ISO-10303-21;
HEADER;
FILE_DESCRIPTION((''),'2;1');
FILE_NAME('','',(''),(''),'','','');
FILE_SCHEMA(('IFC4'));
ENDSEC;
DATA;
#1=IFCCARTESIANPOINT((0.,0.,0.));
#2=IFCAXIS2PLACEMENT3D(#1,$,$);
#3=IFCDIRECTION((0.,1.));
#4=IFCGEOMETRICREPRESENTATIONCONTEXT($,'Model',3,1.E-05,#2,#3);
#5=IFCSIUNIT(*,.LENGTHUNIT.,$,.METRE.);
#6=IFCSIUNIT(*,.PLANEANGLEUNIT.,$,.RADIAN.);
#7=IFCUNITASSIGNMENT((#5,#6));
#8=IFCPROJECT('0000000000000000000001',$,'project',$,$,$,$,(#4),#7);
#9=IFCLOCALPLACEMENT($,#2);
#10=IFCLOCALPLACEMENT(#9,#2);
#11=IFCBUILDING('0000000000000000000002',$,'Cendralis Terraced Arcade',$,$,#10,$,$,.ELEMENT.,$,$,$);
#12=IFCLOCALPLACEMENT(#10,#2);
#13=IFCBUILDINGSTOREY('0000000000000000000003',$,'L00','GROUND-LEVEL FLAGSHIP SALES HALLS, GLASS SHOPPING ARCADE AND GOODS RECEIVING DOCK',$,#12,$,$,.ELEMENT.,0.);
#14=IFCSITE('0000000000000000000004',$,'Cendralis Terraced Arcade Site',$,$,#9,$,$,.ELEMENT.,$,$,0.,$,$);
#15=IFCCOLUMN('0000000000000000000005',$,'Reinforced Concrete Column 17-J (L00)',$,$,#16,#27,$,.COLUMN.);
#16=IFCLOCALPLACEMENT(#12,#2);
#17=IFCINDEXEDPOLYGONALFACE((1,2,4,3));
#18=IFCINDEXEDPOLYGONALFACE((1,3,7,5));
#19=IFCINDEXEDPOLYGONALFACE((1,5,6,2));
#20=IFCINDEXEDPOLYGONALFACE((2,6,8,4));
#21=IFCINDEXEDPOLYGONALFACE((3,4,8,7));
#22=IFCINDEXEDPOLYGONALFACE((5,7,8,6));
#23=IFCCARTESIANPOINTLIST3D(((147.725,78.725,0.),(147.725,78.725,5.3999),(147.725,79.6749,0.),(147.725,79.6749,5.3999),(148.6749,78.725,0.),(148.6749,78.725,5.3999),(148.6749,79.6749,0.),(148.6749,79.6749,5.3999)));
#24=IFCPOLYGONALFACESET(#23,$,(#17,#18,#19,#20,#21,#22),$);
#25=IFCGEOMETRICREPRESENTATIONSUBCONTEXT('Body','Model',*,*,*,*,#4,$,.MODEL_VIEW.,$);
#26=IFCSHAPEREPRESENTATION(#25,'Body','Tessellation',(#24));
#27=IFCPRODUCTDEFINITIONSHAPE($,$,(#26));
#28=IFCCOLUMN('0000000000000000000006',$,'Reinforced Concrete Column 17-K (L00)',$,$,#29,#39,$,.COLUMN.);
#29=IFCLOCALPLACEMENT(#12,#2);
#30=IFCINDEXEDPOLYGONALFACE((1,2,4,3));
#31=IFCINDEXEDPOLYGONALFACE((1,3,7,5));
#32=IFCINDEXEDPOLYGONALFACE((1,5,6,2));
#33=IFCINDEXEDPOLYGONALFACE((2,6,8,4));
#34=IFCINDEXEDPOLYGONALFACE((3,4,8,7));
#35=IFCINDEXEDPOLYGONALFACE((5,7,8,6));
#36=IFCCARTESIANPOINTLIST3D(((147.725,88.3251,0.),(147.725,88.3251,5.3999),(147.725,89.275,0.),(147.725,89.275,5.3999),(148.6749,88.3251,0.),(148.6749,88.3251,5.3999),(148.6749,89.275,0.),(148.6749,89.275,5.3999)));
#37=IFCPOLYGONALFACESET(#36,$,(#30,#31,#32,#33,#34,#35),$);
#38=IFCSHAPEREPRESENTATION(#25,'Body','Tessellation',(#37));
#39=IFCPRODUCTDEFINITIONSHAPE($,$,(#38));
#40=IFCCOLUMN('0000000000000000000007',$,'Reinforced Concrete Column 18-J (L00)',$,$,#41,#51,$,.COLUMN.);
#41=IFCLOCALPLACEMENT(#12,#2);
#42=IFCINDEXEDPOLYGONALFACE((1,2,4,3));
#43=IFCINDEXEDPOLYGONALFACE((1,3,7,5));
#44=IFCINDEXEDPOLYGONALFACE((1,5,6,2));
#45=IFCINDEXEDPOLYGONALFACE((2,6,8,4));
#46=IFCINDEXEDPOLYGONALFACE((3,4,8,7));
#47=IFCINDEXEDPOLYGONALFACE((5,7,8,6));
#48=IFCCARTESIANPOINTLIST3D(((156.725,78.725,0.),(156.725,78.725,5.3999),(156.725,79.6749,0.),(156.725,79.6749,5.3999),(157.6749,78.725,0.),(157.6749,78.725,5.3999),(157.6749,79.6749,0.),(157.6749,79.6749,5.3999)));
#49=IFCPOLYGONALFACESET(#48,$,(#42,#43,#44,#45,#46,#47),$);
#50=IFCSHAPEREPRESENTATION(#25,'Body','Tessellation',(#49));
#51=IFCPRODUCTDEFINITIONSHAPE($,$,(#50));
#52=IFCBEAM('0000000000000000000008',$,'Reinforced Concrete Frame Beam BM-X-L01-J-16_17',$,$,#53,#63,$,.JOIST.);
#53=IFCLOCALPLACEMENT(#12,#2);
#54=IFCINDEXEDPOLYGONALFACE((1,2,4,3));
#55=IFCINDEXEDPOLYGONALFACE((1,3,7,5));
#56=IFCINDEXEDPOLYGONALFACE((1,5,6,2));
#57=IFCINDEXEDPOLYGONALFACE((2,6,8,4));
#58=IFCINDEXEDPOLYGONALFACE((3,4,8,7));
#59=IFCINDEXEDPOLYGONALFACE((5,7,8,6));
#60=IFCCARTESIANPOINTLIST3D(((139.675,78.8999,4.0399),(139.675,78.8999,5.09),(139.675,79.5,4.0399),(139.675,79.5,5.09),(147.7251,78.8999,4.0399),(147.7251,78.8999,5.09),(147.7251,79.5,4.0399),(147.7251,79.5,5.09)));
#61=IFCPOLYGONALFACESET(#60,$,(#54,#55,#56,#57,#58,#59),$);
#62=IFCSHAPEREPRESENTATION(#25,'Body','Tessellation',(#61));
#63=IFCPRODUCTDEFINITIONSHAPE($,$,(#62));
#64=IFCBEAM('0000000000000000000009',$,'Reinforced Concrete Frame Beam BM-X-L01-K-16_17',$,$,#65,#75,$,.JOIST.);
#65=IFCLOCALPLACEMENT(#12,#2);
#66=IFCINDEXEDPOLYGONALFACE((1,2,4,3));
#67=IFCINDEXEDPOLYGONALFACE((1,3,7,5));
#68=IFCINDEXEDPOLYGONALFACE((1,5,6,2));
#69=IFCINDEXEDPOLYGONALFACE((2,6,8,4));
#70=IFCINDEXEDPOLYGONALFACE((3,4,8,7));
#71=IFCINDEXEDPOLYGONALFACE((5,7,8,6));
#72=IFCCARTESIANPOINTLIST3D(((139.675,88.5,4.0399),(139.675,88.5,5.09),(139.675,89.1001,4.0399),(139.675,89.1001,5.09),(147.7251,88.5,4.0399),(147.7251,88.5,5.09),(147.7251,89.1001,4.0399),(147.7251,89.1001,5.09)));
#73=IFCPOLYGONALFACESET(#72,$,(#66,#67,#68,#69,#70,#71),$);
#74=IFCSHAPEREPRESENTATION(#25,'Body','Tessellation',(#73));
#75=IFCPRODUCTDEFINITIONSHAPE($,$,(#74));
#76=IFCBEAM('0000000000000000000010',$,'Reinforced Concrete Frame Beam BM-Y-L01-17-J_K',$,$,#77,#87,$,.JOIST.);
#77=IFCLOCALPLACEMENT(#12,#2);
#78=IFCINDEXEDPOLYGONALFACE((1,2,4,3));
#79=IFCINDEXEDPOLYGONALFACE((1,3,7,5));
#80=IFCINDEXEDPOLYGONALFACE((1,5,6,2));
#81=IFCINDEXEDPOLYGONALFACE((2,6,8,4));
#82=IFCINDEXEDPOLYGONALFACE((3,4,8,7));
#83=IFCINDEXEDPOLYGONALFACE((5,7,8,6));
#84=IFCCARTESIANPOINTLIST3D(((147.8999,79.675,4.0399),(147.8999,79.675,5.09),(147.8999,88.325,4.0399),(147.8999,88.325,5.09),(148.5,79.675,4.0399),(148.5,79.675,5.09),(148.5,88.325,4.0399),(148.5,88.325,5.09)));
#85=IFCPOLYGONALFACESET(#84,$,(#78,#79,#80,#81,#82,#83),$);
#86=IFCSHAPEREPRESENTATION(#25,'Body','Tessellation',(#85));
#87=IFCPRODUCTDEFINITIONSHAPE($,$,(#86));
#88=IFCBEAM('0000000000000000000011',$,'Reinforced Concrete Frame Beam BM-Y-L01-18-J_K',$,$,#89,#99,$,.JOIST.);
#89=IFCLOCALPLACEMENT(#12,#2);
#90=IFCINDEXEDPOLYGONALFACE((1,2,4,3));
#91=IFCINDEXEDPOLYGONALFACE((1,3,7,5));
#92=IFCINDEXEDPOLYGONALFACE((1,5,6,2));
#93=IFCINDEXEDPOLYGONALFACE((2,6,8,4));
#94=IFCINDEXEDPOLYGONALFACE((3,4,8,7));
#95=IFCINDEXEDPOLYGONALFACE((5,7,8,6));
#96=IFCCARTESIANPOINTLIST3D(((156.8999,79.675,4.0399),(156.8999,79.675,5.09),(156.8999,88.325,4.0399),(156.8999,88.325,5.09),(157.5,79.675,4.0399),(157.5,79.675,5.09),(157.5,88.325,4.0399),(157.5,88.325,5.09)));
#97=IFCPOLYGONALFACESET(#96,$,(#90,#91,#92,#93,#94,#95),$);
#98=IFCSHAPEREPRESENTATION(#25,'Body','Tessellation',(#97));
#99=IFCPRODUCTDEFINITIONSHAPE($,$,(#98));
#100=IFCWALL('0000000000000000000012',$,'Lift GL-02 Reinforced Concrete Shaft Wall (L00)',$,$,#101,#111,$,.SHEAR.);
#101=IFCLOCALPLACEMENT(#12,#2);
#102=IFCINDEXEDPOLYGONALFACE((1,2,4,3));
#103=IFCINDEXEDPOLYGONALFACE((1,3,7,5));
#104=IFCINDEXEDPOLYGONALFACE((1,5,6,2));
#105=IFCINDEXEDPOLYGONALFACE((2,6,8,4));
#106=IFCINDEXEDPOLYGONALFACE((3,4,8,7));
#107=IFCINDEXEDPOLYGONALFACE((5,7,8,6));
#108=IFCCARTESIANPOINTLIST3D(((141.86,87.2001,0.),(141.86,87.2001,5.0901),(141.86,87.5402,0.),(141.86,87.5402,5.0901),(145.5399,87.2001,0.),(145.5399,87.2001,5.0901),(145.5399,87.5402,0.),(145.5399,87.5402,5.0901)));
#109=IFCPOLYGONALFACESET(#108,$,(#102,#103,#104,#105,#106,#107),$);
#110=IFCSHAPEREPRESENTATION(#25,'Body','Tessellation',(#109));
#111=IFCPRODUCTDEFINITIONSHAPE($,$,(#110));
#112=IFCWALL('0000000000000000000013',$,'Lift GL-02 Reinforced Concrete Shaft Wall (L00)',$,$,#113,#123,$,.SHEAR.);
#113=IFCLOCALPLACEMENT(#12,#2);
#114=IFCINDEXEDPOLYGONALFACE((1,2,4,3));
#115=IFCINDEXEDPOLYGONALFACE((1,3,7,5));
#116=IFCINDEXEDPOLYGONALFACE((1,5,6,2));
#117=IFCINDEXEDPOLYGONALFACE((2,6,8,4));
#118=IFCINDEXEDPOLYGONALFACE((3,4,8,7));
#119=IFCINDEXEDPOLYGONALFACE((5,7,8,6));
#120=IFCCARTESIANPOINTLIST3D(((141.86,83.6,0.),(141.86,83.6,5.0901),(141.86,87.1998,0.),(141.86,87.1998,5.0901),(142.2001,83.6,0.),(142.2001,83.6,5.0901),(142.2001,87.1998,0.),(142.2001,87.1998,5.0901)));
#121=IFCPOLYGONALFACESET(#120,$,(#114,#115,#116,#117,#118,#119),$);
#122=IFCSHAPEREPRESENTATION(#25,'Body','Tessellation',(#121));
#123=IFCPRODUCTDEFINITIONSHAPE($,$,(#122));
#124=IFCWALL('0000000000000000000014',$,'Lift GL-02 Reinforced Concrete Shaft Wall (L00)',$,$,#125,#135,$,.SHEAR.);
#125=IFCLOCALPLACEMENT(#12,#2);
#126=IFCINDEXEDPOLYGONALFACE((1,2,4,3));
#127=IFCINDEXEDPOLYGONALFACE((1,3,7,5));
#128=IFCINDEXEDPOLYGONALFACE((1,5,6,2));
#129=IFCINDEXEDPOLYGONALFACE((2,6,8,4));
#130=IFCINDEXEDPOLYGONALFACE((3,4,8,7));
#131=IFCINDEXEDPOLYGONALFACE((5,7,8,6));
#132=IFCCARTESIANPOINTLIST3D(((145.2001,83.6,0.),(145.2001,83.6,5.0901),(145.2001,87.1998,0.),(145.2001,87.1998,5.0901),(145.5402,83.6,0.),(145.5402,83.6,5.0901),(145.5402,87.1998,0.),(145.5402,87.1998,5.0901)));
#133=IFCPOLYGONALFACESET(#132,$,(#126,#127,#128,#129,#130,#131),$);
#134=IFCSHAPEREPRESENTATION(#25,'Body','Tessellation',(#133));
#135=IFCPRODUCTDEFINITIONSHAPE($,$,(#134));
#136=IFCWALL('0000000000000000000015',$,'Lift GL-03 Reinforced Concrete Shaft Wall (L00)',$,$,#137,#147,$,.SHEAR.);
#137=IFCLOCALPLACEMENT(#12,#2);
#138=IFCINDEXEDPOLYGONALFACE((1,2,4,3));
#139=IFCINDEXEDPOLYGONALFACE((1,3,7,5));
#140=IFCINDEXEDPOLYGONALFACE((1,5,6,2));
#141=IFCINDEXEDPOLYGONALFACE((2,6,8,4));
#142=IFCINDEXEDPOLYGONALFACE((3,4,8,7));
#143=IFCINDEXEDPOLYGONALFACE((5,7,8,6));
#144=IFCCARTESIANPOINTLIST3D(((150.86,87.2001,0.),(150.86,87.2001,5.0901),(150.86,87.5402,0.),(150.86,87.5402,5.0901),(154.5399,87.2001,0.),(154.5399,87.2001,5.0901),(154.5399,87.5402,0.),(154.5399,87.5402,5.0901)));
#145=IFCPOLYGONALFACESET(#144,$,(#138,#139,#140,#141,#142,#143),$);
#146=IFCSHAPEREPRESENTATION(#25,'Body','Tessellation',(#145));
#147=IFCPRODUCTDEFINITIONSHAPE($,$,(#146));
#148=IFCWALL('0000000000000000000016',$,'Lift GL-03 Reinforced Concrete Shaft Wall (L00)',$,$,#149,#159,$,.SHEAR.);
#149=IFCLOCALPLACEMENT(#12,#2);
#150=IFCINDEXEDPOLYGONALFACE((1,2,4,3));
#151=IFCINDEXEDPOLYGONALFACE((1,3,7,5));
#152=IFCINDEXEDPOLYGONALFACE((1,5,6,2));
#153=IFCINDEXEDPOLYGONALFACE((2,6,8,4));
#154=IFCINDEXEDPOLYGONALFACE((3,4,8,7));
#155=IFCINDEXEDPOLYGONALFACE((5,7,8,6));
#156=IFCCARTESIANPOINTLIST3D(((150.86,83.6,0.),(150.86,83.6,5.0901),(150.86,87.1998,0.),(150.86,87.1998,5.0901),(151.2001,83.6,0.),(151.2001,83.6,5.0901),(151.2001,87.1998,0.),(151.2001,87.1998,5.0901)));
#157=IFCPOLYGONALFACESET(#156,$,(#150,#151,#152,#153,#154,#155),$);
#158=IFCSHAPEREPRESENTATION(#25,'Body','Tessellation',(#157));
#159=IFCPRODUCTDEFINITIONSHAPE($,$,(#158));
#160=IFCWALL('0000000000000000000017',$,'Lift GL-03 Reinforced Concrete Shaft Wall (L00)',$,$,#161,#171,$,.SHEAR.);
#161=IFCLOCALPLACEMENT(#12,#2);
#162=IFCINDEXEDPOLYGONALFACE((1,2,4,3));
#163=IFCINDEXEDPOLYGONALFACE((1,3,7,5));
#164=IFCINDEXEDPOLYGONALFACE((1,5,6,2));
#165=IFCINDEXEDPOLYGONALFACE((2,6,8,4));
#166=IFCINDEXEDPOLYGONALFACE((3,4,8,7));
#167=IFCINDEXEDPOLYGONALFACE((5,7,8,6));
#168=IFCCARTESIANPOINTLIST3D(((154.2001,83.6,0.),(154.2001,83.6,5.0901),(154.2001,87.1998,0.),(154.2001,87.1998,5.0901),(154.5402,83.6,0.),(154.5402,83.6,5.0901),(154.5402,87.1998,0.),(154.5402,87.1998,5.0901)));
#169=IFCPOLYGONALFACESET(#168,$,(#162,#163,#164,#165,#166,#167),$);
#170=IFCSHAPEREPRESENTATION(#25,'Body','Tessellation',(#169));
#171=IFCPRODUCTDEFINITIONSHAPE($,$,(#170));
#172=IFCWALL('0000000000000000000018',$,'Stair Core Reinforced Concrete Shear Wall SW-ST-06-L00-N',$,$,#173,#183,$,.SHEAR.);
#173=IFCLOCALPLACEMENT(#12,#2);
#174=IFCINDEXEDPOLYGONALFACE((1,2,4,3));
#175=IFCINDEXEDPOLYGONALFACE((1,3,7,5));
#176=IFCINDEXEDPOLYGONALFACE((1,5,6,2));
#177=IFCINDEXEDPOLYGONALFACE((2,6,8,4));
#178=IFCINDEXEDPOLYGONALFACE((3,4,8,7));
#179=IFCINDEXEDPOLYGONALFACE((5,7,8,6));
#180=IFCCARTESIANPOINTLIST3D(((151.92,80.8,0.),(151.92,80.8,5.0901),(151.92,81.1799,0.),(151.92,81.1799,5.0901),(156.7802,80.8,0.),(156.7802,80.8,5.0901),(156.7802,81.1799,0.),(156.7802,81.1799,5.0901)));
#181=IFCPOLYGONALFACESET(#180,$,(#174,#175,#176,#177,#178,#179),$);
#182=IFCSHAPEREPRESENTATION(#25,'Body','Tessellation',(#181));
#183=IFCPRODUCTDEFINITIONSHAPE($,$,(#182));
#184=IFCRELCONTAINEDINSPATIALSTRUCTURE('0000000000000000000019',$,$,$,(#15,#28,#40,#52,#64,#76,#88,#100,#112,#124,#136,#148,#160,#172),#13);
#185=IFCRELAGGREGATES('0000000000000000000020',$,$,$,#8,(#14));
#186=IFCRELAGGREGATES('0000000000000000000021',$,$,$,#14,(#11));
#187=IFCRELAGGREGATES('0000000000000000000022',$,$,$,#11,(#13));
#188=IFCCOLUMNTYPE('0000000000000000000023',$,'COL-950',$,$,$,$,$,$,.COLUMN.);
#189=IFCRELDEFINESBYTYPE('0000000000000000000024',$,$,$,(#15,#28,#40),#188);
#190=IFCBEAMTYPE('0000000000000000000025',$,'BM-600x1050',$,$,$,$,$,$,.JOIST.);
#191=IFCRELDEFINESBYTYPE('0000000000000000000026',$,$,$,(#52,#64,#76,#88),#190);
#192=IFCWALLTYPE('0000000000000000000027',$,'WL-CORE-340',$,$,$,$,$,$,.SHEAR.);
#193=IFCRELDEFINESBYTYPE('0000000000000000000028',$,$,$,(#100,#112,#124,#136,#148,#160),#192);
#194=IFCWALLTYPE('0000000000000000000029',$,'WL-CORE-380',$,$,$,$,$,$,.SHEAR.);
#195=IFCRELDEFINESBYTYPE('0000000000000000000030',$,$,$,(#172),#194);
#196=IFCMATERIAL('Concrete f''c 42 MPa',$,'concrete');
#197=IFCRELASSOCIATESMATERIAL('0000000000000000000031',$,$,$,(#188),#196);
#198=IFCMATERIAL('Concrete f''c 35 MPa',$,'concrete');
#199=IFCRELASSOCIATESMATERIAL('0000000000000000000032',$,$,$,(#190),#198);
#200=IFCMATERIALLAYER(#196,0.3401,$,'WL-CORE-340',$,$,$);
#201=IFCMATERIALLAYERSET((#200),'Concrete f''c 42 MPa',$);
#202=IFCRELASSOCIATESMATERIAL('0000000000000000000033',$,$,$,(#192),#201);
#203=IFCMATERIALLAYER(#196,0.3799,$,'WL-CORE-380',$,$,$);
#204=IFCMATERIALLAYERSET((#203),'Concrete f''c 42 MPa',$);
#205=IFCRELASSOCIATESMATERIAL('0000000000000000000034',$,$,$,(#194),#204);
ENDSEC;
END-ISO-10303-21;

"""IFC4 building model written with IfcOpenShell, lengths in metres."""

from ifc_helpers import new_model, si_unit, direction, frame, frame_2d, origin, origin_2d, place, context, subcontext, project, spatial, rectangle, extrude, material, layer, layer_set, material_profile, profile_set, type_object, element, save


model = new_model("IFC4")

# Units and contexts
model_context = context("Model", 3, precision=1e-05, world=origin(), true_north=direction((0.0, 1.0)))
body_context = subcontext(model_context, "Body", "Model", "MODEL_VIEW")
ifc_project = project(units=[si_unit("LENGTHUNIT", "METRE"), si_unit("PLANEANGLEUNIT", "RADIAN")], contexts=[model_context])

# Site, building, storey
site_placement = place(None, origin())
site = spatial("IfcSite", under=ifc_project, at=site_placement, Name="Cendralis Terraced Arcade Site", CompositionType="ELEMENT", RefElevation=0.0)
building_placement = place(site_placement, origin())
building = spatial("IfcBuilding", under=site, at=building_placement, Name="Cendralis Terraced Arcade", CompositionType="ELEMENT")
storey_placement = place(building_placement, origin())
storey = spatial("IfcBuildingStorey", under=building, at=storey_placement, Name="L00", Description="GROUND-LEVEL FLAGSHIP SALES HALLS, GLASS SHOPPING ARCADE AND GOODS RECEIVING DOCK", CompositionType="ELEMENT", Elevation=0.0)

# Columns
ifc_material_1 = material(Name="Concrete f'c 42 MPa", Category="concrete")
ifc_material_profile_1 = material_profile(ifc_material_1, rectangle(XDim=0.95, YDim=0.95, at=origin_2d()), Name="RC-COL-950x950", Category="LoadBearing")
ifc_profile_set_1 = profile_set([ifc_material_profile_1], Name="Concrete f'c 42 MPa")
column_type = type_object("IfcColumnType", Name="COL-950", PredefinedType="COLUMN", material=ifc_profile_set_1)
for number, where, z_axis, x_axis, name in (
    (1, (148.2, 79.2, 0.0), (0.0, 0.0, 1.0), (1.0, 0.0, 0.0), "Reinforced Concrete Column 17-J (L00)"),
    (2, (148.2, 88.8, 0.0), (0.0, 0.0, 1.0), (1.0, 0.0, 0.0), "Reinforced Concrete Column 17-K (L00)"),
    (3, (157.2, 79.2, 0.0), (0.0, 0.0, 1.0), (1.0, 0.0, 0.0), "Reinforced Concrete Column 18-J (L00)"),
):
    element("IfcColumn", number, at=place(storey_placement, frame(where, z_axis=z_axis, x_axis=x_axis)), inside=storey, type_object=column_type, Name=name, PredefinedType="COLUMN", context=body_context, shape_type="SweptSolid", body=[
        extrude(rectangle(XDim=0.95, YDim=0.95, at=origin_2d()), origin(), (0.0, 0.0, 1.0), 5.3999),
    ])

# Beams
ifc_material_2 = material(Name="Concrete f'c 35 MPa", Category="concrete")
ifc_material_profile_2 = material_profile(ifc_material_2, rectangle(XDim=0.6001, YDim=1.05, at=origin_2d()), Name="RC-BM-600x1050", Category="LoadBearing")
ifc_profile_set_2 = profile_set([ifc_material_profile_2], Name="Concrete f'c 35 MPa")
beam_type = type_object("IfcBeamType", Name="BM-600x1050", PredefinedType="JOIST", material=ifc_profile_set_2)
for number, where, z_axis, x_axis, name in (
    (4, (139.675, 79.2, 4.5649), (1.0, 0.0, 0.0), (0.0, 1.0, 0.0), "Reinforced Concrete Frame Beam BM-X-L01-J-16_17"),
    (5, (139.675, 88.8, 4.5649), (1.0, 0.0, 0.0), (0.0, 1.0, 0.0), "Reinforced Concrete Frame Beam BM-X-L01-K-16_17"),
):
    element("IfcBeam", number, at=place(storey_placement, frame(where, z_axis=z_axis, x_axis=x_axis)), inside=storey, type_object=beam_type, Name=name, PredefinedType="JOIST", context=body_context, shape_type="SweptSolid", body=[
        extrude(rectangle(XDim=0.6001, YDim=1.05, at=origin_2d()), origin(), (0.0, 0.0, 1.0), 8.05),
    ])
for number, where, z_axis, x_axis, name in (
    (6, (148.2, 79.675, 4.5649), (0.0, 1.0, 0.0), (-1.0, 0.0, 0.0), "Reinforced Concrete Frame Beam BM-Y-L01-17-J_K"),
    (7, (157.2, 79.675, 4.5649), (0.0, 1.0, 0.0), (-1.0, 0.0, 0.0), "Reinforced Concrete Frame Beam BM-Y-L01-18-J_K"),
):
    element("IfcBeam", number, at=place(storey_placement, frame(where, z_axis=z_axis, x_axis=x_axis)), inside=storey, type_object=beam_type, Name=name, PredefinedType="JOIST", context=body_context, shape_type="SweptSolid", body=[
        extrude(rectangle(XDim=0.6001, YDim=1.05, at=origin_2d()), origin(), (0.0, 0.0, 1.0), 8.6499),
    ])

# Shared definitions
ifc_layer_1 = layer(ifc_material_1, 0.3401, Name="WL-CORE-340")
ifc_layer_set_1 = layer_set([ifc_layer_1], Name="Concrete f'c 42 MPa")
wall_type_1 = type_object("IfcWallType", Name="WL-CORE-340", PredefinedType="SHEAR", material=ifc_layer_set_1)

# Walls
wall_1_placement = place(storey_placement, frame((141.8601, 87.3701, 0.0), z_axis=(0.0, 0.0, 1.0), x_axis=(1.0, 0.0, 0.0)))
element("IfcWall", 8, at=wall_1_placement, inside=storey, type_object=wall_type_1, Name="Lift GL-02 Reinforced Concrete Shaft Wall (L00)", PredefinedType="SHEAR", context=body_context, shape_type="SweptSolid", body=[
    extrude(rectangle(XDim=3.6799, YDim=0.3401, at=frame_2d((1.8398, 0.0))), origin(), (0.0, 0.0, 1.0), 5.0901),
])
for number, where, z_axis, x_axis, name in (
    (9, (142.03, 83.6001, 0.0), (0.0, 0.0, 1.0), (0.0, 1.0, 0.0), "Lift GL-02 Reinforced Concrete Shaft Wall (L00)"),
    (10, (145.3701, 83.6001, 0.0), (0.0, 0.0, 1.0), (0.0, 1.0, 0.0), "Lift GL-02 Reinforced Concrete Shaft Wall (L00)"),
):
    element("IfcWall", number, at=place(storey_placement, frame(where, z_axis=z_axis, x_axis=x_axis)), inside=storey, type_object=wall_type_1, Name=name, PredefinedType="SHEAR", context=body_context, shape_type="SweptSolid", body=[
        extrude(rectangle(XDim=3.5999, YDim=0.3401, at=frame_2d((1.7998, 0.0))), origin(), (0.0, 0.0, 1.0), 5.0901),
    ])

# Walls
wall_2_placement = place(storey_placement, frame((150.8601, 87.3701, 0.0), z_axis=(0.0, 0.0, 1.0), x_axis=(1.0, 0.0, 0.0)))
element("IfcWall", 11, at=wall_2_placement, inside=storey, type_object=wall_type_1, Name="Lift GL-03 Reinforced Concrete Shaft Wall (L00)", PredefinedType="SHEAR", context=body_context, shape_type="SweptSolid", body=[
    extrude(rectangle(XDim=3.6799, YDim=0.3401, at=frame_2d((1.8398, 0.0))), origin(), (0.0, 0.0, 1.0), 5.0901),
])
for number, where, z_axis, x_axis, name in (
    (12, (151.03, 83.6001, 0.0), (0.0, 0.0, 1.0), (0.0, 1.0, 0.0), "Lift GL-03 Reinforced Concrete Shaft Wall (L00)"),
    (13, (154.3701, 83.6001, 0.0), (0.0, 0.0, 1.0), (0.0, 1.0, 0.0), "Lift GL-03 Reinforced Concrete Shaft Wall (L00)"),
):
    element("IfcWall", number, at=place(storey_placement, frame(where, z_axis=z_axis, x_axis=x_axis)), inside=storey, type_object=wall_type_1, Name=name, PredefinedType="SHEAR", context=body_context, shape_type="SweptSolid", body=[
        extrude(rectangle(XDim=3.5999, YDim=0.3401, at=frame_2d((1.7998, 0.0))), origin(), (0.0, 0.0, 1.0), 5.0901),
    ])
ifc_layer_2 = layer(ifc_material_1, 0.3799, Name="WL-CORE-380")
ifc_layer_set_2 = layer_set([ifc_layer_2], Name="Concrete f'c 42 MPa")
wall_type_2 = type_object("IfcWallType", Name="WL-CORE-380", PredefinedType="SHEAR", material=ifc_layer_set_2)
wall_3_placement = place(storey_placement, frame((151.9199, 80.99, 0.0), z_axis=(0.0, 0.0, 1.0), x_axis=(1.0, 0.0, 0.0)))
element("IfcWall", 14, at=wall_3_placement, inside=storey, type_object=wall_type_2, Name="Stair Core Reinforced Concrete Shear Wall SW-ST-06-L00-N", PredefinedType="SHEAR", context=body_context, shape_type="SweptSolid", body=[
    extrude(rectangle(XDim=4.8601, YDim=0.3799, at=frame_2d((2.4302, 0.0))), origin(), (0.0, 0.0, 1.0), 5.0901),
])

save(model, "model.ifc")
